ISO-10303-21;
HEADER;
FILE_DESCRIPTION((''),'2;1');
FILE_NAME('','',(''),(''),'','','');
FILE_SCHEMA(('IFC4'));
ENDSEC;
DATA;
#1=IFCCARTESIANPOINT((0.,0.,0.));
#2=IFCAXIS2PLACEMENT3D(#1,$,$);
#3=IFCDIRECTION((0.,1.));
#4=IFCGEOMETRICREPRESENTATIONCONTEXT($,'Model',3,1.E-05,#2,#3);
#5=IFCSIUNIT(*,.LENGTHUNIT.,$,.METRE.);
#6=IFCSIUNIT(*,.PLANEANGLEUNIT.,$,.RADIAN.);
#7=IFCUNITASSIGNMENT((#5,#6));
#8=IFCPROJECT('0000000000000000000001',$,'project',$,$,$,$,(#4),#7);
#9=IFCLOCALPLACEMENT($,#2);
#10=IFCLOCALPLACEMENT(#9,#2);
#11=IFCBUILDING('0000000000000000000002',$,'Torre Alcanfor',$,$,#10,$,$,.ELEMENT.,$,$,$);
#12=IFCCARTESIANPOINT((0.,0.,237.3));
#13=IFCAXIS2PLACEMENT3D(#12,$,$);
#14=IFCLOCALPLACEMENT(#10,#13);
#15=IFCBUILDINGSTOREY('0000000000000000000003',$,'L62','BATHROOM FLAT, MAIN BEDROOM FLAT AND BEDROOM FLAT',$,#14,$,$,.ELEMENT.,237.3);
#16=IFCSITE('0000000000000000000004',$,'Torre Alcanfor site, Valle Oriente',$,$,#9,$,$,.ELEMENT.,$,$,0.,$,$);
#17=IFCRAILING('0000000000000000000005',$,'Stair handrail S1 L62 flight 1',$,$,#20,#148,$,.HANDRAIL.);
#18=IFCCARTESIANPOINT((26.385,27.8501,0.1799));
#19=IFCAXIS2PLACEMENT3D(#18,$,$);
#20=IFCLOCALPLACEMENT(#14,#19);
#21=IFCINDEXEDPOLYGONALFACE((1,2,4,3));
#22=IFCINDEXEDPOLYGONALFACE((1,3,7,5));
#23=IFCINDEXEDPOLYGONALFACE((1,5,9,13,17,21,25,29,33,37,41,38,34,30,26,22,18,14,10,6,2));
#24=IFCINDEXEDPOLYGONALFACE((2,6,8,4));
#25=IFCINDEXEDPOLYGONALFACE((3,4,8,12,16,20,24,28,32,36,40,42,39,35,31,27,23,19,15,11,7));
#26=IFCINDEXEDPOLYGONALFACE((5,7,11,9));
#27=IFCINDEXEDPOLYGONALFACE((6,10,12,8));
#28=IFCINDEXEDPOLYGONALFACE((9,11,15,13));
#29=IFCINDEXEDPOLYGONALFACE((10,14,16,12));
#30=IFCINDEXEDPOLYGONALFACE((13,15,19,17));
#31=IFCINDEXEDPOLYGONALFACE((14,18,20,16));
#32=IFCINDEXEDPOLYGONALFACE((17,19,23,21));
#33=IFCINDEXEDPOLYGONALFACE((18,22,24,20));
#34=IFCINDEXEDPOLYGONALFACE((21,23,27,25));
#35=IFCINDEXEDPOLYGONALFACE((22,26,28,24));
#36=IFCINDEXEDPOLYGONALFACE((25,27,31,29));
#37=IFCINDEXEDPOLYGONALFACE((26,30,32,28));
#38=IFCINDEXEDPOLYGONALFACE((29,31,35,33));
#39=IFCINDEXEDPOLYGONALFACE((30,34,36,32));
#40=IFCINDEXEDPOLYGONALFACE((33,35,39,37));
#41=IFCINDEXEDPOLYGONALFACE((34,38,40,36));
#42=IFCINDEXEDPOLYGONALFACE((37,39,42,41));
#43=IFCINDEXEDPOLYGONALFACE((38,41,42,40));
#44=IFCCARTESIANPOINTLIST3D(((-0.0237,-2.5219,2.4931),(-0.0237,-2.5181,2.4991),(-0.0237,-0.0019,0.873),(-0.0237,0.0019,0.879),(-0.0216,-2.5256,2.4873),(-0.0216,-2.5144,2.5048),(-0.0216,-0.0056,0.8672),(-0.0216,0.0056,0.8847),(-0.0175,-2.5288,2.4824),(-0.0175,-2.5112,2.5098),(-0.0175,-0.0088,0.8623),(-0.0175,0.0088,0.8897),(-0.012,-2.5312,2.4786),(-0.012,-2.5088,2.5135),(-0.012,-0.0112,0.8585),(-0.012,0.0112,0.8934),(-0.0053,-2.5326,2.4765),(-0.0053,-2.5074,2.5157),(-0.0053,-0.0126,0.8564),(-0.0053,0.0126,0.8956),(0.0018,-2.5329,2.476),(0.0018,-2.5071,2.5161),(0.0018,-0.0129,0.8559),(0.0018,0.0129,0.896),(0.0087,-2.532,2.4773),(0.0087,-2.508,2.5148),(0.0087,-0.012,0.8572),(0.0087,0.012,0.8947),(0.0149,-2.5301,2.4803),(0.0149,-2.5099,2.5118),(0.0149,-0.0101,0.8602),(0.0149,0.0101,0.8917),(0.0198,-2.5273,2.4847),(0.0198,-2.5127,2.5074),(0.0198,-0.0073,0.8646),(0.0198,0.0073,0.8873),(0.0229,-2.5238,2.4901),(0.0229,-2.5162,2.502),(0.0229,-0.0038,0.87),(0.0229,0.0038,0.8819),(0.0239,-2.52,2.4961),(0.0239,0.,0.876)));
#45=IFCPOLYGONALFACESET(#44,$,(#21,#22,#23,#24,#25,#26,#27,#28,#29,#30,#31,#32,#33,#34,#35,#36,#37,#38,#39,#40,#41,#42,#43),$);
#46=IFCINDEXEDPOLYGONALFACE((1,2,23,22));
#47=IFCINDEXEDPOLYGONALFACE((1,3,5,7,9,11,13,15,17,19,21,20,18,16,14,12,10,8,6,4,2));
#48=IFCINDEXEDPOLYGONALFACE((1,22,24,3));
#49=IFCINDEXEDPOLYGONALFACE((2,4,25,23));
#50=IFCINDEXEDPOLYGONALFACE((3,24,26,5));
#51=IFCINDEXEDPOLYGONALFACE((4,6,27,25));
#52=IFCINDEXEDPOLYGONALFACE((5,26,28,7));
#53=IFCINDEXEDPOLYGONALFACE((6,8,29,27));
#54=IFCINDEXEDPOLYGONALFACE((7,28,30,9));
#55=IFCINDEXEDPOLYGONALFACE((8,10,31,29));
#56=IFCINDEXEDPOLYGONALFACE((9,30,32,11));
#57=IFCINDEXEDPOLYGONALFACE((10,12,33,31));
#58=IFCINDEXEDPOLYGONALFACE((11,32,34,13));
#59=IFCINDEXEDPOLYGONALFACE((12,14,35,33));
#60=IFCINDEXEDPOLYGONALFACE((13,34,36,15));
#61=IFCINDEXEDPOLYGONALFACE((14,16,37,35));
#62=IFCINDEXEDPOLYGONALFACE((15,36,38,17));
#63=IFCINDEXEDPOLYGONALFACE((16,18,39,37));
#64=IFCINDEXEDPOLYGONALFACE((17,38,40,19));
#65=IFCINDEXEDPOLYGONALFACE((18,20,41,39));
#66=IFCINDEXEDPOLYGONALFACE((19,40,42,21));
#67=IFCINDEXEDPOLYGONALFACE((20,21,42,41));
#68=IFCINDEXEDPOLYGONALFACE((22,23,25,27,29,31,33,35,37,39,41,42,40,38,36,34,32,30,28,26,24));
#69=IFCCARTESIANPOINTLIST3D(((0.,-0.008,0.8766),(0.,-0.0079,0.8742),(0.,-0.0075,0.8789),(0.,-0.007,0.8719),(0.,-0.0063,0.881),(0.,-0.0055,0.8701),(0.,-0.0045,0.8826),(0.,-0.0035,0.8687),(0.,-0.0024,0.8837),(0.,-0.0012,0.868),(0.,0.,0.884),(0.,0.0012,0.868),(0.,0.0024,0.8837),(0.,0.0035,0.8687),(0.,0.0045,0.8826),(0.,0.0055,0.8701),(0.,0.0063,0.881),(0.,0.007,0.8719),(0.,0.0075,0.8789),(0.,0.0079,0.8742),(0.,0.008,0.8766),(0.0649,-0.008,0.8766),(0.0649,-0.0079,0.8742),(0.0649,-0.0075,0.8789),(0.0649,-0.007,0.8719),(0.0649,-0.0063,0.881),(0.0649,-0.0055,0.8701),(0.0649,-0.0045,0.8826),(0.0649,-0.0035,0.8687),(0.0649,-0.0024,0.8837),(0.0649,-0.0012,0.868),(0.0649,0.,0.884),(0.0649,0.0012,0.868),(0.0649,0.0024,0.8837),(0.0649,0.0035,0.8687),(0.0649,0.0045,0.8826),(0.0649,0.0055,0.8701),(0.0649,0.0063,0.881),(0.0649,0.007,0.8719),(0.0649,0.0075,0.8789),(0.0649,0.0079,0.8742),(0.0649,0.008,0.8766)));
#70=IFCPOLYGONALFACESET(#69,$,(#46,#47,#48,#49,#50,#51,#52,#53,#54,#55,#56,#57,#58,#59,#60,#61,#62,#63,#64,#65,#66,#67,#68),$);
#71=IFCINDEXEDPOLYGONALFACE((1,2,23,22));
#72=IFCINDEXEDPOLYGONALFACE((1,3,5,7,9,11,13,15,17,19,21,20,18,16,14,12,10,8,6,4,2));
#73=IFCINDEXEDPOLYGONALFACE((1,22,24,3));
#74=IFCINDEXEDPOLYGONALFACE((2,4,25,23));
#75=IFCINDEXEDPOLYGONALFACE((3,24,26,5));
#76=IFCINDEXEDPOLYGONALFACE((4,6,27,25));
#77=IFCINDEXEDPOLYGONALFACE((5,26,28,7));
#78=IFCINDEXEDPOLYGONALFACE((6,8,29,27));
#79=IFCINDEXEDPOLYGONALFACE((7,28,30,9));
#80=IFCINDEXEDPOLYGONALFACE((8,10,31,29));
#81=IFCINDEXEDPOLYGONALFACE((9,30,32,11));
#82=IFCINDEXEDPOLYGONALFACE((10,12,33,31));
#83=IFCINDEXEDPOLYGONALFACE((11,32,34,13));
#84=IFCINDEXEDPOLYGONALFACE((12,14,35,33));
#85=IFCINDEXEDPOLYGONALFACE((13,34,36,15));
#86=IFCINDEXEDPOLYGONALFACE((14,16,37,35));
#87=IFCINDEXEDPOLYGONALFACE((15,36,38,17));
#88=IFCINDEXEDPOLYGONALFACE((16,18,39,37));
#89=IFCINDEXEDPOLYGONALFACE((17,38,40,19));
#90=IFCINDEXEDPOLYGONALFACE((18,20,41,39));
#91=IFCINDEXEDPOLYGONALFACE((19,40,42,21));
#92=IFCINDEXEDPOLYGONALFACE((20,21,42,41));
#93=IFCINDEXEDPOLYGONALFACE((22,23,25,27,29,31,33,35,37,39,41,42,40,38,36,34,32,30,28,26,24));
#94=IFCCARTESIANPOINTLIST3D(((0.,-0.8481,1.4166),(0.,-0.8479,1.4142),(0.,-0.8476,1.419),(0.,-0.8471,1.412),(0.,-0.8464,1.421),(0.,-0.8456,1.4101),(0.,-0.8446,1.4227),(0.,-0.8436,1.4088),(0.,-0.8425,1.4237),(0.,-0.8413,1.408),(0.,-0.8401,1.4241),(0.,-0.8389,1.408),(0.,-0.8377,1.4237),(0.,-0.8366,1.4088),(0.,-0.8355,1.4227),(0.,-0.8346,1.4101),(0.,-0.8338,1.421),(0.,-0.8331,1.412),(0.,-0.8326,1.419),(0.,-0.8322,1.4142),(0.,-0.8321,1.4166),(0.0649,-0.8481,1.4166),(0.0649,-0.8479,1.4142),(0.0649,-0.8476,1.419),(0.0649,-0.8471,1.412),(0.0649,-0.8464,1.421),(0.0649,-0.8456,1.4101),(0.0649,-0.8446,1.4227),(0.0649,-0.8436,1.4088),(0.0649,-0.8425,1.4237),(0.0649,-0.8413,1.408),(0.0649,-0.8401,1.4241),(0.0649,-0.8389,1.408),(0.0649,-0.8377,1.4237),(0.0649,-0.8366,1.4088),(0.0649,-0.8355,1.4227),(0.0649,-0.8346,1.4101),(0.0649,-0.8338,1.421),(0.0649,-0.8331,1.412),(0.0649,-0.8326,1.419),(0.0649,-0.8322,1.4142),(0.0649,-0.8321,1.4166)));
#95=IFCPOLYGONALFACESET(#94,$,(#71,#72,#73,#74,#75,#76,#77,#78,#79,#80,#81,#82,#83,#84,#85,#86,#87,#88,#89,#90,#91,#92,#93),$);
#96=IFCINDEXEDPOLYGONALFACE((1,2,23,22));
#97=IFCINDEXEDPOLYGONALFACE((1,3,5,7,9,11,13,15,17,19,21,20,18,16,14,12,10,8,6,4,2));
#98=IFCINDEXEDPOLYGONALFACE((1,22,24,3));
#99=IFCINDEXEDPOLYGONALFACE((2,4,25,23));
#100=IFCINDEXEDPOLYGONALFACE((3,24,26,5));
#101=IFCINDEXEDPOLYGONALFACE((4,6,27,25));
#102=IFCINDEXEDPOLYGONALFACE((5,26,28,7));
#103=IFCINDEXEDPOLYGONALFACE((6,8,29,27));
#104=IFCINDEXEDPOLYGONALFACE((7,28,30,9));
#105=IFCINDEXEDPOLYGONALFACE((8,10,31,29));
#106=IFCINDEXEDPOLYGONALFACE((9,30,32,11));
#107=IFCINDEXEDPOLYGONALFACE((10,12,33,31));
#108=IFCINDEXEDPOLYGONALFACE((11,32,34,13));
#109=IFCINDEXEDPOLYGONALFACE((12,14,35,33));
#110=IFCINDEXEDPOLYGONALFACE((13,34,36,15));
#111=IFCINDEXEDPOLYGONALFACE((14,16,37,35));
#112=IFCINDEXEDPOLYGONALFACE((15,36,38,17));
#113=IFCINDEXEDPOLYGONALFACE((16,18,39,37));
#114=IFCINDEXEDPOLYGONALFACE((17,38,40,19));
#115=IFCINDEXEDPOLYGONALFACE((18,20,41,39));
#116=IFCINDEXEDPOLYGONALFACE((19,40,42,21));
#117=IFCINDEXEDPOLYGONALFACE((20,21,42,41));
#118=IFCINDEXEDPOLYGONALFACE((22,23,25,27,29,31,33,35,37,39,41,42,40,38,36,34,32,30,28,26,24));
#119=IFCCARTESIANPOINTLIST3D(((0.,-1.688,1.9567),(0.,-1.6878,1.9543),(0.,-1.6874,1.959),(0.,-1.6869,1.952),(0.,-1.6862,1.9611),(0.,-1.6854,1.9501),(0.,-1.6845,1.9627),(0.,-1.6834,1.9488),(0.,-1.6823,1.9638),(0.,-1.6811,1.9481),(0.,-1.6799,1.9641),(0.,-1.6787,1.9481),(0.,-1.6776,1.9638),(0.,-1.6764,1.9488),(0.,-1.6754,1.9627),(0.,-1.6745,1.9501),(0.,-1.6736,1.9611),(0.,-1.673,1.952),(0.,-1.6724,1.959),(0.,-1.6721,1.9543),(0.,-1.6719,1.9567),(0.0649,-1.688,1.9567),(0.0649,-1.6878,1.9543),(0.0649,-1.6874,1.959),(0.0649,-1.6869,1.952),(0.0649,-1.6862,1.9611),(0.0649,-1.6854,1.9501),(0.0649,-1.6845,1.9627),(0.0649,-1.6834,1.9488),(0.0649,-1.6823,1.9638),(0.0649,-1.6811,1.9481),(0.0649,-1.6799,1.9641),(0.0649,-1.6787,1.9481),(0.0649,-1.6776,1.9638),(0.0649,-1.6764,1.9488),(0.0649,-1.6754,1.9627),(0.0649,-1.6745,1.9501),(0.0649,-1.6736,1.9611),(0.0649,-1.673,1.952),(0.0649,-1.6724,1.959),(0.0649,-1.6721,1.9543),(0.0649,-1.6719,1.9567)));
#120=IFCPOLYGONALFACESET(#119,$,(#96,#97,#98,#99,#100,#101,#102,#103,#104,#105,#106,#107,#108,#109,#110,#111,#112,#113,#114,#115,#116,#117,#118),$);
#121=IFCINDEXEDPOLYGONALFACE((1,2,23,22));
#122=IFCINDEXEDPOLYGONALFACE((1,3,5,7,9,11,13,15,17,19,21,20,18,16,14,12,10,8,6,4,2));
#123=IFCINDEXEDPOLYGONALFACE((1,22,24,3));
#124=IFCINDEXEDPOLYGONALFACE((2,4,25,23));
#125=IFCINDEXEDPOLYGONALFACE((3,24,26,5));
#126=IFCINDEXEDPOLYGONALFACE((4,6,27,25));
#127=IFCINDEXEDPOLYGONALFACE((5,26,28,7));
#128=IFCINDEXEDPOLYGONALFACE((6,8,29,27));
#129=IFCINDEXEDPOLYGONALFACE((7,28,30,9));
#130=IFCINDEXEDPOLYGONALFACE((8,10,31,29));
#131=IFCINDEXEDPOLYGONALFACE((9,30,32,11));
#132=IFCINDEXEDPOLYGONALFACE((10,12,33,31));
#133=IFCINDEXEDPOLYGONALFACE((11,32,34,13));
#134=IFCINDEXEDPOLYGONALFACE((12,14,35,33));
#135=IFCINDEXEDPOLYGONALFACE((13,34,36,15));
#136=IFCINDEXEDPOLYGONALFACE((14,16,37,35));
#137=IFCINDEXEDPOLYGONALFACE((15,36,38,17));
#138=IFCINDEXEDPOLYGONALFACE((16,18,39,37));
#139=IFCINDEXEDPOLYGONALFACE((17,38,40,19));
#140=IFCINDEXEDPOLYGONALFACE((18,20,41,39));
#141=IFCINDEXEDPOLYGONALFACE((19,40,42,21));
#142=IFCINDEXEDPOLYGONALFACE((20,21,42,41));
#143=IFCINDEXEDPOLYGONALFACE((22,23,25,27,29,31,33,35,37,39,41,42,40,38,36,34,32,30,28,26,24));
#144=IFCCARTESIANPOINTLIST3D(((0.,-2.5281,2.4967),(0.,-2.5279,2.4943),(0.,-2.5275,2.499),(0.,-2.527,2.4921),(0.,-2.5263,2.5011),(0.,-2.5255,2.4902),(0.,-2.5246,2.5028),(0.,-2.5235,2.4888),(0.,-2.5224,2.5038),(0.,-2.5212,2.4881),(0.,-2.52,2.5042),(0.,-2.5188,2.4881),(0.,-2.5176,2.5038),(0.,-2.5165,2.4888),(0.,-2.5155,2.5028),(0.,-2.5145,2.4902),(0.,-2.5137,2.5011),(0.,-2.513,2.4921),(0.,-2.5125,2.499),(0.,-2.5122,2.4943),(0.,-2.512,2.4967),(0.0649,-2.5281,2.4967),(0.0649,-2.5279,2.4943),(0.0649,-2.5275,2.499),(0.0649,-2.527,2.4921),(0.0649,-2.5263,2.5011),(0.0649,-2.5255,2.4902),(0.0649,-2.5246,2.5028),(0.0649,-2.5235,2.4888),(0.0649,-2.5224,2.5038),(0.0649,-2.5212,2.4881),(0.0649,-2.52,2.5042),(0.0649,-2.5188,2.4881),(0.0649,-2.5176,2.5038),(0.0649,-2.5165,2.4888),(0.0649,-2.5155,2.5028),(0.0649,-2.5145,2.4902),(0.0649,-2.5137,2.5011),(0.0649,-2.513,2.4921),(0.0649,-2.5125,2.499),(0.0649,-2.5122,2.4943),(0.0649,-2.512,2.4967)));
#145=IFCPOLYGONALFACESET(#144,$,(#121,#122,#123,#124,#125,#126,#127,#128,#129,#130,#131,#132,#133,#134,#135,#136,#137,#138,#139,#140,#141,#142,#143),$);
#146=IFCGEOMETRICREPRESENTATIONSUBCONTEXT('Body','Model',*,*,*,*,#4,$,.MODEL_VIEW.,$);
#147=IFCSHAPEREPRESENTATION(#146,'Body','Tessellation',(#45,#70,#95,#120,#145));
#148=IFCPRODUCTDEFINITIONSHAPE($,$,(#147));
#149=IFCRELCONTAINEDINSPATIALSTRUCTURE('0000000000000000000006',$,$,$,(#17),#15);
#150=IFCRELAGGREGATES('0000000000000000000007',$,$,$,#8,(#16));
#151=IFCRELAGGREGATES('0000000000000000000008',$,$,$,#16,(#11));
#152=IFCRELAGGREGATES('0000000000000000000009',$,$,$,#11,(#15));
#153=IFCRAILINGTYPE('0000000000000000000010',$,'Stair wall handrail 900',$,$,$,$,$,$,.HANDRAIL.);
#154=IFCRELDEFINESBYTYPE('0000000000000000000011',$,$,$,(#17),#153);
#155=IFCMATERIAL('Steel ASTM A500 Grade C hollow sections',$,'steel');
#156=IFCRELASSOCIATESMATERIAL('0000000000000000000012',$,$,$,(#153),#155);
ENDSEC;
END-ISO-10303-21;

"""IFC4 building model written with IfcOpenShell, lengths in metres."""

from ifc_helpers import new_model, si_unit, direction, frame, origin, origin_2d, place, context, subcontext, project, spatial, circle, extrude, material, type_object, element, save


model = new_model("IFC4")

# Units and contexts
model_context = context("Model", 3, precision=1e-05, world=origin(), true_north=direction((0.0, 1.0)))
body_context = subcontext(model_context, "Body", "Model", "MODEL_VIEW")
ifc_project = project(units=[si_unit("LENGTHUNIT", "METRE"), si_unit("PLANEANGLEUNIT", "RADIAN")], contexts=[model_context])

# Site, building, storey
site_placement = place(None, origin())
site = spatial("IfcSite", under=ifc_project, at=site_placement, Name="Torre Alcanfor site, Valle Oriente", CompositionType="ELEMENT", RefElevation=0.0)
building_placement = place(site_placement, origin())
building = spatial("IfcBuilding", under=site, at=building_placement, Name="Torre Alcanfor", CompositionType="ELEMENT")
storey_placement = place(building_placement, frame((0.0, 0.0, 237.3)))
storey = spatial("IfcBuildingStorey", under=building, at=storey_placement, Name="L62", Description="BATHROOM FLAT, MAIN BEDROOM FLAT AND BEDROOM FLAT", CompositionType="ELEMENT", Elevation=237.3)

# Railing
ifc_material_1 = material(Name="Steel ASTM A500 Grade C hollow sections", Category="steel")
railing_type = type_object("IfcRailingType", Name="Stair wall handrail 900", PredefinedType="HANDRAIL", material=ifc_material_1)
railing_placement = place(storey_placement, frame((26.385, 27.8501, 0.1799)))
element("IfcRailing", 1, at=railing_placement, inside=storey, type_object=railing_type, Name="Stair handrail S1 L62 flight 1", PredefinedType="HANDRAIL", context=body_context, shape_type="SweptSolid", body=[
    extrude(circle(Radius=0.0239, at=origin_2d()), frame((0.0, 0.0, 0.876), z_axis=(0.0, -0.841163, 0.540782), x_axis=(1.0, 0.0, 0.0)), (0.0, 0.0, 1.0), 2.9958),
    extrude(circle(Radius=0.0081, at=origin_2d()), frame((0.0, 0.0, 0.876), z_axis=(1.0, 0.0, 0.0), x_axis=(0.0, 0.0, 1.0)), (0.0, 0.0, 1.0), 0.0649),
    extrude(circle(Radius=0.0081, at=origin_2d()), frame((0.0, -0.8401, 1.416), z_axis=(1.0, 0.0, 0.0), x_axis=(0.0, 0.0, 1.0)), (0.0, 0.0, 1.0), 0.0649),
    extrude(circle(Radius=0.0081, at=origin_2d()), frame((0.0, -1.6799, 1.9561), z_axis=(1.0, 0.0, 0.0), x_axis=(0.0, 0.0, 1.0)), (0.0, 0.0, 1.0), 0.0649),
    extrude(circle(Radius=0.0081, at=origin_2d()), frame((0.0, -2.52, 2.4961), z_axis=(1.0, 0.0, 0.0), x_axis=(0.0, 0.0, 1.0)), (0.0, 0.0, 1.0), 0.0649),
])

save(model, "model.ifc")
